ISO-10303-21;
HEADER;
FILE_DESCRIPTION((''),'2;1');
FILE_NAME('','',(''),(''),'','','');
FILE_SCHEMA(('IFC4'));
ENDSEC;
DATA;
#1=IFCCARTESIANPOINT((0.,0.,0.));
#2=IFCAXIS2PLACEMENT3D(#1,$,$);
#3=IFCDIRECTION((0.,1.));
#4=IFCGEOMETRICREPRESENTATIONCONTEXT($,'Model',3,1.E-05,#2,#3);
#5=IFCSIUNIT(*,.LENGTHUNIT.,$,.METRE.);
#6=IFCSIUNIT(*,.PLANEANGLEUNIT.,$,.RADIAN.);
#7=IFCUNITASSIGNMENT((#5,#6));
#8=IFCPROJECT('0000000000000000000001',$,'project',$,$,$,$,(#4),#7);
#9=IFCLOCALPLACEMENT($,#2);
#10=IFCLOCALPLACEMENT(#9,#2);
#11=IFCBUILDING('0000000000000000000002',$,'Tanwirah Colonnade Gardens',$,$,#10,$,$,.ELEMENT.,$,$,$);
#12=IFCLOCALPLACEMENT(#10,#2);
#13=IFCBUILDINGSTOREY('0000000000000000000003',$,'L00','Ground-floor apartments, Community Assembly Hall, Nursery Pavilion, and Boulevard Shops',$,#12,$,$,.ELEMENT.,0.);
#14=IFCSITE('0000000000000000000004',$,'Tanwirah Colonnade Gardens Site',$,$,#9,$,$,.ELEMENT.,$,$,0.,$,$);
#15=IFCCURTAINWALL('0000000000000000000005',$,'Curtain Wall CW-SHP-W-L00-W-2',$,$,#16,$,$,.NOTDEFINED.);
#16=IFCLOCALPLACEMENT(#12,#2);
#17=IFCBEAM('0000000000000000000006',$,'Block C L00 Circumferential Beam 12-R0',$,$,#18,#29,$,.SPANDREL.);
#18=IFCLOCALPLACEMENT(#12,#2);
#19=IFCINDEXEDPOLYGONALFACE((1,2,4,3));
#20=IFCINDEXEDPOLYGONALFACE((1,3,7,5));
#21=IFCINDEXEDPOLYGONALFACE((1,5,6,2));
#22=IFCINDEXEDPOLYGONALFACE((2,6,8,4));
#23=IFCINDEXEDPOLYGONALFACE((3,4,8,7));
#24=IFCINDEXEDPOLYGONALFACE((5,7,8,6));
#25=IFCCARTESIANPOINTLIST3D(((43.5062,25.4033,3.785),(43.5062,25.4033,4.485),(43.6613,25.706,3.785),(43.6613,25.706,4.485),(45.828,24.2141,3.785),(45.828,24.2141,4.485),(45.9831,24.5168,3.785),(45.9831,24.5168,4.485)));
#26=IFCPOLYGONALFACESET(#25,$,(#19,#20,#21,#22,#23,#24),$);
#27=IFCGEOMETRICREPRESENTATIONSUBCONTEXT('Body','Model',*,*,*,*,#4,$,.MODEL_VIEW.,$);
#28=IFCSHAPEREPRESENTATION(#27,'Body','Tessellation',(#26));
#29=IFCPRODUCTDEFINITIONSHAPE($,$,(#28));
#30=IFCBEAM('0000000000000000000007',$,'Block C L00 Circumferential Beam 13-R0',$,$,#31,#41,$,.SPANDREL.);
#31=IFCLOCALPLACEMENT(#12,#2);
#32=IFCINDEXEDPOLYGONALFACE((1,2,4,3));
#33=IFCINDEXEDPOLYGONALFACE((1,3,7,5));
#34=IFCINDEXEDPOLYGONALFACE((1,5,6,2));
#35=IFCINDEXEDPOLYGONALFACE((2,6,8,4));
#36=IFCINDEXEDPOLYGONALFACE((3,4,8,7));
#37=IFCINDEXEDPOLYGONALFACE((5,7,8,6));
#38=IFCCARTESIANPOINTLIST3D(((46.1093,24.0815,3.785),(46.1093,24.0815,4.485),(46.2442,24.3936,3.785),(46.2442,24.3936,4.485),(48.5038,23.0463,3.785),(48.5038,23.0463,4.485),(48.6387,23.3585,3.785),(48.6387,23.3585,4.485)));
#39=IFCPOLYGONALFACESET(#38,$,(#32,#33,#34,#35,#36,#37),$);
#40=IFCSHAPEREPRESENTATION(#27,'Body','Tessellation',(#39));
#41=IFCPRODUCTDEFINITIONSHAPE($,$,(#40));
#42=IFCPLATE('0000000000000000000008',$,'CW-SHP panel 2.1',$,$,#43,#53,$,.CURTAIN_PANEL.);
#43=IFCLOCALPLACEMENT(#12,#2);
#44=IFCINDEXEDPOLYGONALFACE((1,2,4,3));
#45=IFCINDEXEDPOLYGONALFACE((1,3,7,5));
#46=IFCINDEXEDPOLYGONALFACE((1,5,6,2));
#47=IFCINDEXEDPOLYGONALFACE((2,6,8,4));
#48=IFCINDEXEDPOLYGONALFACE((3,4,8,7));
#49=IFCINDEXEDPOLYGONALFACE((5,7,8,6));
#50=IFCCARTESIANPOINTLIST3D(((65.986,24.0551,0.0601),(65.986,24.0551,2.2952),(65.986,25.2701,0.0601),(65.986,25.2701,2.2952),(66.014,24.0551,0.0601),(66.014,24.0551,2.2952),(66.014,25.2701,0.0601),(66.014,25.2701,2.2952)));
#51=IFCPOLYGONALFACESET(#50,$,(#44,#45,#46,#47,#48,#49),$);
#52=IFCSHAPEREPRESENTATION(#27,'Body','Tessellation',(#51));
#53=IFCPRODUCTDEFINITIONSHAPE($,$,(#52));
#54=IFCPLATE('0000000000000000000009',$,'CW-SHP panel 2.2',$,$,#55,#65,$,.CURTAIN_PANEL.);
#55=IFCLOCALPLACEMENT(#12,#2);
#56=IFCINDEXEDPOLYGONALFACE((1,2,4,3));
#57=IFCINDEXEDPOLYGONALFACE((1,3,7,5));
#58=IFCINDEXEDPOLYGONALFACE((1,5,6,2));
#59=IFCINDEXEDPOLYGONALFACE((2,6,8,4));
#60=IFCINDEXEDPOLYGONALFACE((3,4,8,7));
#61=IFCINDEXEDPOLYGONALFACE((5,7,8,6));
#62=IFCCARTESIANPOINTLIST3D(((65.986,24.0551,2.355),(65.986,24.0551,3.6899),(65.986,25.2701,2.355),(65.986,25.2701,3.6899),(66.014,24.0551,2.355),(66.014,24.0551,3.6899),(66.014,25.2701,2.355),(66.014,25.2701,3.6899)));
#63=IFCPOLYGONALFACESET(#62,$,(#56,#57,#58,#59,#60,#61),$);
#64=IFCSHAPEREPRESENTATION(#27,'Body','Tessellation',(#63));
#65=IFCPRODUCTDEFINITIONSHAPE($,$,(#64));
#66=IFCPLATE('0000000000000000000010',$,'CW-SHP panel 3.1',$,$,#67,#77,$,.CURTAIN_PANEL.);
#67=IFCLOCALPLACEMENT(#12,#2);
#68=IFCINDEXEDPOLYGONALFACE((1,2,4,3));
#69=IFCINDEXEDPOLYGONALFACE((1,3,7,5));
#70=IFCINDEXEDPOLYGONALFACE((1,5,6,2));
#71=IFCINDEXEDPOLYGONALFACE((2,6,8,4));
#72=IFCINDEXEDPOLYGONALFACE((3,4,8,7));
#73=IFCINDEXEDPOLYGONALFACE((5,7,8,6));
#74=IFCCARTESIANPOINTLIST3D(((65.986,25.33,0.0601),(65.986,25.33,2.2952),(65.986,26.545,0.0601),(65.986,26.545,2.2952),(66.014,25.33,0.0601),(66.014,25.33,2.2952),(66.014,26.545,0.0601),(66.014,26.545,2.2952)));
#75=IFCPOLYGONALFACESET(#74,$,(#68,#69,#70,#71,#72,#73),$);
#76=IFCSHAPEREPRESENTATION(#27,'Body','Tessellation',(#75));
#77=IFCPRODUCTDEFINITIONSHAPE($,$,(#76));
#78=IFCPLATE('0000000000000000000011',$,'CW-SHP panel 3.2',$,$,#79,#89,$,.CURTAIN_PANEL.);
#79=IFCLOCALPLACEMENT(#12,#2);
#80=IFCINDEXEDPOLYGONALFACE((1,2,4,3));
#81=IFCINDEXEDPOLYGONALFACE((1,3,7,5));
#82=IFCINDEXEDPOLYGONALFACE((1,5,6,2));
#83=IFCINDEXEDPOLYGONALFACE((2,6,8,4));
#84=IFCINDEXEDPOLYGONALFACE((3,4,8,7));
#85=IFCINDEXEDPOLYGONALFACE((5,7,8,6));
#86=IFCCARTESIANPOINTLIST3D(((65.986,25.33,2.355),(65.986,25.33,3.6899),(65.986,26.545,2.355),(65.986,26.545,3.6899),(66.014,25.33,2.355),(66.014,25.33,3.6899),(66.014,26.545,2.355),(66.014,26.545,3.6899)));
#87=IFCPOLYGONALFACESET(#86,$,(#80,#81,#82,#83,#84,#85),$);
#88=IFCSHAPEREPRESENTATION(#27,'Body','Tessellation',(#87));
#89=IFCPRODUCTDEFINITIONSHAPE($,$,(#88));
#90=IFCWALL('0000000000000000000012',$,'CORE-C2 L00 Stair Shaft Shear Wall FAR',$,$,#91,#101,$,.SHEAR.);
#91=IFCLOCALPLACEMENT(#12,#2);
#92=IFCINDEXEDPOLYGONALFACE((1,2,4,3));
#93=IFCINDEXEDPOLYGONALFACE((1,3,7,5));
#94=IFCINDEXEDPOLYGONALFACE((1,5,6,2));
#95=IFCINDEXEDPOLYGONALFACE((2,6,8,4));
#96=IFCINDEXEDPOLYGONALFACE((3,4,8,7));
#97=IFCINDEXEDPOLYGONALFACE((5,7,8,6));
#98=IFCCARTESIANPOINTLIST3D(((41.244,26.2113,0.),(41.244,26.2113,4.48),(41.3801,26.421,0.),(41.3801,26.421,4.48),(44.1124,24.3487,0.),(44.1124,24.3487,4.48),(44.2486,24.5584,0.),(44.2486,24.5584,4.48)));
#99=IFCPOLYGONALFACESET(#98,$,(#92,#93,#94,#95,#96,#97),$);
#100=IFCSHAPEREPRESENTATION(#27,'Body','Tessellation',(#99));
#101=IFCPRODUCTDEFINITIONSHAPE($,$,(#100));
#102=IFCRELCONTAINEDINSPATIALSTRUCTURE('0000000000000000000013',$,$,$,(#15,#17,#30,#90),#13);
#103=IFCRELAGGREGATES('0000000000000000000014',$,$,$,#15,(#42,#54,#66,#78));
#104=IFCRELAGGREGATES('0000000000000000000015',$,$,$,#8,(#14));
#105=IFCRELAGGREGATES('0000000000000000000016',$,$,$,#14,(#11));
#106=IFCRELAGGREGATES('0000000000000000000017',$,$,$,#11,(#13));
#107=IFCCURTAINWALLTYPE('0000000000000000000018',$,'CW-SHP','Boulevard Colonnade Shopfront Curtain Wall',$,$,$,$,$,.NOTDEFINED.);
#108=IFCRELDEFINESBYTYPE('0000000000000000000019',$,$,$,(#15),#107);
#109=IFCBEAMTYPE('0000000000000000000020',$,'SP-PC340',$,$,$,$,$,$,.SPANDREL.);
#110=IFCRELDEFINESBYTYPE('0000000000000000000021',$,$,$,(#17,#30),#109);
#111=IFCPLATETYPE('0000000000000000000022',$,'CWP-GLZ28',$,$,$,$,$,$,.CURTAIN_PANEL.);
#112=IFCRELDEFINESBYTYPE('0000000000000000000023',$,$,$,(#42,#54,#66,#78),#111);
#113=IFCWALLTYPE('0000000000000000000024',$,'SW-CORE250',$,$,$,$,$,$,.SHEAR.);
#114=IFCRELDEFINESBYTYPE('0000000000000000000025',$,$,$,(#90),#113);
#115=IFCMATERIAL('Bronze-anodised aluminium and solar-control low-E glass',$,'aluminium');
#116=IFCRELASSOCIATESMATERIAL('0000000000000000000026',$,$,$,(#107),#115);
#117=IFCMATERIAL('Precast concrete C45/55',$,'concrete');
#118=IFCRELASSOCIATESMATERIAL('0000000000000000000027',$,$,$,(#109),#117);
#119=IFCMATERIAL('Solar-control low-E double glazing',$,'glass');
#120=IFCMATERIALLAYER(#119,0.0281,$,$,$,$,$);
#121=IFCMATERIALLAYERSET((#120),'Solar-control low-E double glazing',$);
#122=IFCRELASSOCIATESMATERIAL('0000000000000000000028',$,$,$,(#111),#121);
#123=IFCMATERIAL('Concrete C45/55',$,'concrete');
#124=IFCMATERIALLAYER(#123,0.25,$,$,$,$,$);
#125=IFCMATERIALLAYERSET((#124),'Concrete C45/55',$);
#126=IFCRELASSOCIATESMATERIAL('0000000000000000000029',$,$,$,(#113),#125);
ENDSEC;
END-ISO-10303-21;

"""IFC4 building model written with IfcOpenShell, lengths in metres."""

from ifc_helpers import new_model, si_unit, direction, frame, frame_2d, origin, origin_2d, place, context, subcontext, project, spatial, rectangle, extrude, material, layer, layer_set, material_profile, profile_set, type_object, element, aggregate, save


model = new_model("IFC4")

# Units and contexts
model_context = context("Model", 3, precision=1e-05, world=origin(), true_north=direction((0.0, 1.0)))
body_context = subcontext(model_context, "Body", "Model", "MODEL_VIEW")
ifc_project = project(units=[si_unit("LENGTHUNIT", "METRE"), si_unit("PLANEANGLEUNIT", "RADIAN")], contexts=[model_context])

# Site, building, storey
site_placement = place(None, origin())
site = spatial("IfcSite", under=ifc_project, at=site_placement, Name="Tanwirah Colonnade Gardens Site", CompositionType="ELEMENT", RefElevation=0.0)
building_placement = place(site_placement, origin())
building = spatial("IfcBuilding", under=site, at=building_placement, Name="Tanwirah Colonnade Gardens", CompositionType="ELEMENT")
storey_placement = place(building_placement, origin())
storey = spatial("IfcBuildingStorey", under=building, at=storey_placement, Name="L00", Description="Ground-floor apartments, Community Assembly Hall, Nursery Pavilion, and Boulevard Shops", CompositionType="ELEMENT", Elevation=0.0)

# Shared definitions
ifc_material_1 = material(Name="Precast concrete C45/55", Category="concrete")

# Curtain wall
ifc_material_2 = material(Name="Bronze-anodised aluminium and solar-control low-E glass", Category="aluminium")
curtain_wall_type = type_object("IfcCurtainWallType", Name="CW-SHP", Description="Boulevard Colonnade Shopfront Curtain Wall", PredefinedType="NOTDEFINED", material=ifc_material_2)
curtain_wall_placement = place(storey_placement, origin())
curtain_wall = element("IfcCurtainWall", 1, at=curtain_wall_placement, inside=storey, type_object=curtain_wall_type, Name="Curtain Wall CW-SHP-W-L00-W-2", PredefinedType="NOTDEFINED")

# Beams
ifc_material_profile_1 = material_profile(ifc_material_1, rectangle(XDim=0.3401, YDim=0.7, at=origin_2d()), Name="PC-SP 340x700")
ifc_profile_set_1 = profile_set([ifc_material_profile_1], Name="Precast concrete C45/55")
beam_type_1 = type_object("IfcBeamType", Name="SP-PC340", PredefinedType="SPANDREL", material=ifc_profile_set_1)
for number, where, z_axis, x_axis, name in (
    (2, (43.5837, 25.5547, 4.135), (0.890042, -0.455878, 0.0), (0.455878, 0.890042, 0.0), "Block C L00 Circumferential Beam 12-R0"),
    (3, (46.1768, 24.2375, 4.135), (0.917901, -0.396809, 0.0), (0.396809, 0.917901, 0.0), "Block C L00 Circumferential Beam 13-R0"),
):
    element("IfcBeam", number, at=place(storey_placement, frame(where, z_axis=z_axis, x_axis=x_axis)), inside=storey, type_object=beam_type_1, Name=name, PredefinedType="SPANDREL", context=body_context, shape_type="SweptSolid", body=[
        extrude(rectangle(XDim=0.3401, YDim=0.7, at=origin_2d()), origin(), (0.0, 0.0, 1.0), 2.6086),
    ])

# Plates
ifc_material_3 = material(Name="Solar-control low-E double glazing", Category="glass")
ifc_layer_1 = layer(ifc_material_3, 0.0281)
ifc_layer_set_1 = layer_set([ifc_layer_1], Name="Solar-control low-E double glazing")
plate_type = type_object("IfcPlateType", Name="CWP-GLZ28", PredefinedType="CURTAIN_PANEL", material=ifc_layer_set_1)
plate_1_placement = place(storey_placement, frame((66.0, 24.6626, 0.0601), z_axis=(0.0, 0.0, 1.0), x_axis=(0.0, 1.0, 0.0)))
plate_1 = element("IfcPlate", 4, at=plate_1_placement, type_object=plate_type, Name="CW-SHP panel 2.1", PredefinedType="CURTAIN_PANEL", context=body_context, shape_type="SweptSolid", body=[
    extrude(rectangle(XDim=1.2151, YDim=0.0281, at=origin_2d()), origin(), (0.0, 0.0, 1.0), 2.2351),
])
plate_2_placement = place(storey_placement, frame((66.0, 24.6626, 2.355), z_axis=(0.0, 0.0, 1.0), x_axis=(0.0, 1.0, 0.0)))
plate_2 = element("IfcPlate", 5, at=plate_2_placement, type_object=plate_type, Name="CW-SHP panel 2.2", PredefinedType="CURTAIN_PANEL", context=body_context, shape_type="SweptSolid", body=[
    extrude(rectangle(XDim=1.2151, YDim=0.0281, at=origin_2d()), origin(), (0.0, 0.0, 1.0), 1.335),
])
plate_3_placement = place(storey_placement, frame((66.0, 25.9375, 0.0601), z_axis=(0.0, 0.0, 1.0), x_axis=(0.0, 1.0, 0.0)))
plate_3 = element("IfcPlate", 6, at=plate_3_placement, type_object=plate_type, Name="CW-SHP panel 3.1", PredefinedType="CURTAIN_PANEL", context=body_context, shape_type="SweptSolid", body=[
    extrude(rectangle(XDim=1.2151, YDim=0.0281, at=origin_2d()), origin(), (0.0, 0.0, 1.0), 2.2351),
])
plate_4_placement = place(storey_placement, frame((66.0, 25.9375, 2.355), z_axis=(0.0, 0.0, 1.0), x_axis=(0.0, 1.0, 0.0)))
plate_4 = element("IfcPlate", 7, at=plate_4_placement, type_object=plate_type, Name="CW-SHP panel 3.2", PredefinedType="CURTAIN_PANEL", context=body_context, shape_type="SweptSolid", body=[
    extrude(rectangle(XDim=1.2151, YDim=0.0281, at=origin_2d()), origin(), (0.0, 0.0, 1.0), 1.335),
])
aggregate(curtain_wall, [plate_1, plate_2, plate_3, plate_4])

# Wall
ifc_material_4 = material(Name="Concrete C45/55", Category="concrete")
ifc_layer_2 = layer(ifc_material_4, 0.25)
ifc_layer_set_2 = layer_set([ifc_layer_2], Name="Concrete C45/55")
wall_type = type_object("IfcWallType", Name="SW-CORE250", PredefinedType="SHEAR", material=ifc_layer_set_2)
wall_placement = place(storey_placement, frame((44.1804, 24.4536, 0.0), z_axis=(0.0, 0.0, 1.0), x_axis=(-0.8387, 0.544594, 0.0)))
element("IfcWall", 8, at=wall_placement, inside=storey, type_object=wall_type, Name="CORE-C2 L00 Stair Shaft Shear Wall FAR", PredefinedType="SHEAR", context=body_context, shape_type="SweptSolid", body=[
    extrude(rectangle(XDim=3.4202, YDim=0.25, at=frame_2d((1.71, 0.0))), origin(), (0.0, 0.0, 1.0), 4.48),
])

save(model, "model.ifc")
